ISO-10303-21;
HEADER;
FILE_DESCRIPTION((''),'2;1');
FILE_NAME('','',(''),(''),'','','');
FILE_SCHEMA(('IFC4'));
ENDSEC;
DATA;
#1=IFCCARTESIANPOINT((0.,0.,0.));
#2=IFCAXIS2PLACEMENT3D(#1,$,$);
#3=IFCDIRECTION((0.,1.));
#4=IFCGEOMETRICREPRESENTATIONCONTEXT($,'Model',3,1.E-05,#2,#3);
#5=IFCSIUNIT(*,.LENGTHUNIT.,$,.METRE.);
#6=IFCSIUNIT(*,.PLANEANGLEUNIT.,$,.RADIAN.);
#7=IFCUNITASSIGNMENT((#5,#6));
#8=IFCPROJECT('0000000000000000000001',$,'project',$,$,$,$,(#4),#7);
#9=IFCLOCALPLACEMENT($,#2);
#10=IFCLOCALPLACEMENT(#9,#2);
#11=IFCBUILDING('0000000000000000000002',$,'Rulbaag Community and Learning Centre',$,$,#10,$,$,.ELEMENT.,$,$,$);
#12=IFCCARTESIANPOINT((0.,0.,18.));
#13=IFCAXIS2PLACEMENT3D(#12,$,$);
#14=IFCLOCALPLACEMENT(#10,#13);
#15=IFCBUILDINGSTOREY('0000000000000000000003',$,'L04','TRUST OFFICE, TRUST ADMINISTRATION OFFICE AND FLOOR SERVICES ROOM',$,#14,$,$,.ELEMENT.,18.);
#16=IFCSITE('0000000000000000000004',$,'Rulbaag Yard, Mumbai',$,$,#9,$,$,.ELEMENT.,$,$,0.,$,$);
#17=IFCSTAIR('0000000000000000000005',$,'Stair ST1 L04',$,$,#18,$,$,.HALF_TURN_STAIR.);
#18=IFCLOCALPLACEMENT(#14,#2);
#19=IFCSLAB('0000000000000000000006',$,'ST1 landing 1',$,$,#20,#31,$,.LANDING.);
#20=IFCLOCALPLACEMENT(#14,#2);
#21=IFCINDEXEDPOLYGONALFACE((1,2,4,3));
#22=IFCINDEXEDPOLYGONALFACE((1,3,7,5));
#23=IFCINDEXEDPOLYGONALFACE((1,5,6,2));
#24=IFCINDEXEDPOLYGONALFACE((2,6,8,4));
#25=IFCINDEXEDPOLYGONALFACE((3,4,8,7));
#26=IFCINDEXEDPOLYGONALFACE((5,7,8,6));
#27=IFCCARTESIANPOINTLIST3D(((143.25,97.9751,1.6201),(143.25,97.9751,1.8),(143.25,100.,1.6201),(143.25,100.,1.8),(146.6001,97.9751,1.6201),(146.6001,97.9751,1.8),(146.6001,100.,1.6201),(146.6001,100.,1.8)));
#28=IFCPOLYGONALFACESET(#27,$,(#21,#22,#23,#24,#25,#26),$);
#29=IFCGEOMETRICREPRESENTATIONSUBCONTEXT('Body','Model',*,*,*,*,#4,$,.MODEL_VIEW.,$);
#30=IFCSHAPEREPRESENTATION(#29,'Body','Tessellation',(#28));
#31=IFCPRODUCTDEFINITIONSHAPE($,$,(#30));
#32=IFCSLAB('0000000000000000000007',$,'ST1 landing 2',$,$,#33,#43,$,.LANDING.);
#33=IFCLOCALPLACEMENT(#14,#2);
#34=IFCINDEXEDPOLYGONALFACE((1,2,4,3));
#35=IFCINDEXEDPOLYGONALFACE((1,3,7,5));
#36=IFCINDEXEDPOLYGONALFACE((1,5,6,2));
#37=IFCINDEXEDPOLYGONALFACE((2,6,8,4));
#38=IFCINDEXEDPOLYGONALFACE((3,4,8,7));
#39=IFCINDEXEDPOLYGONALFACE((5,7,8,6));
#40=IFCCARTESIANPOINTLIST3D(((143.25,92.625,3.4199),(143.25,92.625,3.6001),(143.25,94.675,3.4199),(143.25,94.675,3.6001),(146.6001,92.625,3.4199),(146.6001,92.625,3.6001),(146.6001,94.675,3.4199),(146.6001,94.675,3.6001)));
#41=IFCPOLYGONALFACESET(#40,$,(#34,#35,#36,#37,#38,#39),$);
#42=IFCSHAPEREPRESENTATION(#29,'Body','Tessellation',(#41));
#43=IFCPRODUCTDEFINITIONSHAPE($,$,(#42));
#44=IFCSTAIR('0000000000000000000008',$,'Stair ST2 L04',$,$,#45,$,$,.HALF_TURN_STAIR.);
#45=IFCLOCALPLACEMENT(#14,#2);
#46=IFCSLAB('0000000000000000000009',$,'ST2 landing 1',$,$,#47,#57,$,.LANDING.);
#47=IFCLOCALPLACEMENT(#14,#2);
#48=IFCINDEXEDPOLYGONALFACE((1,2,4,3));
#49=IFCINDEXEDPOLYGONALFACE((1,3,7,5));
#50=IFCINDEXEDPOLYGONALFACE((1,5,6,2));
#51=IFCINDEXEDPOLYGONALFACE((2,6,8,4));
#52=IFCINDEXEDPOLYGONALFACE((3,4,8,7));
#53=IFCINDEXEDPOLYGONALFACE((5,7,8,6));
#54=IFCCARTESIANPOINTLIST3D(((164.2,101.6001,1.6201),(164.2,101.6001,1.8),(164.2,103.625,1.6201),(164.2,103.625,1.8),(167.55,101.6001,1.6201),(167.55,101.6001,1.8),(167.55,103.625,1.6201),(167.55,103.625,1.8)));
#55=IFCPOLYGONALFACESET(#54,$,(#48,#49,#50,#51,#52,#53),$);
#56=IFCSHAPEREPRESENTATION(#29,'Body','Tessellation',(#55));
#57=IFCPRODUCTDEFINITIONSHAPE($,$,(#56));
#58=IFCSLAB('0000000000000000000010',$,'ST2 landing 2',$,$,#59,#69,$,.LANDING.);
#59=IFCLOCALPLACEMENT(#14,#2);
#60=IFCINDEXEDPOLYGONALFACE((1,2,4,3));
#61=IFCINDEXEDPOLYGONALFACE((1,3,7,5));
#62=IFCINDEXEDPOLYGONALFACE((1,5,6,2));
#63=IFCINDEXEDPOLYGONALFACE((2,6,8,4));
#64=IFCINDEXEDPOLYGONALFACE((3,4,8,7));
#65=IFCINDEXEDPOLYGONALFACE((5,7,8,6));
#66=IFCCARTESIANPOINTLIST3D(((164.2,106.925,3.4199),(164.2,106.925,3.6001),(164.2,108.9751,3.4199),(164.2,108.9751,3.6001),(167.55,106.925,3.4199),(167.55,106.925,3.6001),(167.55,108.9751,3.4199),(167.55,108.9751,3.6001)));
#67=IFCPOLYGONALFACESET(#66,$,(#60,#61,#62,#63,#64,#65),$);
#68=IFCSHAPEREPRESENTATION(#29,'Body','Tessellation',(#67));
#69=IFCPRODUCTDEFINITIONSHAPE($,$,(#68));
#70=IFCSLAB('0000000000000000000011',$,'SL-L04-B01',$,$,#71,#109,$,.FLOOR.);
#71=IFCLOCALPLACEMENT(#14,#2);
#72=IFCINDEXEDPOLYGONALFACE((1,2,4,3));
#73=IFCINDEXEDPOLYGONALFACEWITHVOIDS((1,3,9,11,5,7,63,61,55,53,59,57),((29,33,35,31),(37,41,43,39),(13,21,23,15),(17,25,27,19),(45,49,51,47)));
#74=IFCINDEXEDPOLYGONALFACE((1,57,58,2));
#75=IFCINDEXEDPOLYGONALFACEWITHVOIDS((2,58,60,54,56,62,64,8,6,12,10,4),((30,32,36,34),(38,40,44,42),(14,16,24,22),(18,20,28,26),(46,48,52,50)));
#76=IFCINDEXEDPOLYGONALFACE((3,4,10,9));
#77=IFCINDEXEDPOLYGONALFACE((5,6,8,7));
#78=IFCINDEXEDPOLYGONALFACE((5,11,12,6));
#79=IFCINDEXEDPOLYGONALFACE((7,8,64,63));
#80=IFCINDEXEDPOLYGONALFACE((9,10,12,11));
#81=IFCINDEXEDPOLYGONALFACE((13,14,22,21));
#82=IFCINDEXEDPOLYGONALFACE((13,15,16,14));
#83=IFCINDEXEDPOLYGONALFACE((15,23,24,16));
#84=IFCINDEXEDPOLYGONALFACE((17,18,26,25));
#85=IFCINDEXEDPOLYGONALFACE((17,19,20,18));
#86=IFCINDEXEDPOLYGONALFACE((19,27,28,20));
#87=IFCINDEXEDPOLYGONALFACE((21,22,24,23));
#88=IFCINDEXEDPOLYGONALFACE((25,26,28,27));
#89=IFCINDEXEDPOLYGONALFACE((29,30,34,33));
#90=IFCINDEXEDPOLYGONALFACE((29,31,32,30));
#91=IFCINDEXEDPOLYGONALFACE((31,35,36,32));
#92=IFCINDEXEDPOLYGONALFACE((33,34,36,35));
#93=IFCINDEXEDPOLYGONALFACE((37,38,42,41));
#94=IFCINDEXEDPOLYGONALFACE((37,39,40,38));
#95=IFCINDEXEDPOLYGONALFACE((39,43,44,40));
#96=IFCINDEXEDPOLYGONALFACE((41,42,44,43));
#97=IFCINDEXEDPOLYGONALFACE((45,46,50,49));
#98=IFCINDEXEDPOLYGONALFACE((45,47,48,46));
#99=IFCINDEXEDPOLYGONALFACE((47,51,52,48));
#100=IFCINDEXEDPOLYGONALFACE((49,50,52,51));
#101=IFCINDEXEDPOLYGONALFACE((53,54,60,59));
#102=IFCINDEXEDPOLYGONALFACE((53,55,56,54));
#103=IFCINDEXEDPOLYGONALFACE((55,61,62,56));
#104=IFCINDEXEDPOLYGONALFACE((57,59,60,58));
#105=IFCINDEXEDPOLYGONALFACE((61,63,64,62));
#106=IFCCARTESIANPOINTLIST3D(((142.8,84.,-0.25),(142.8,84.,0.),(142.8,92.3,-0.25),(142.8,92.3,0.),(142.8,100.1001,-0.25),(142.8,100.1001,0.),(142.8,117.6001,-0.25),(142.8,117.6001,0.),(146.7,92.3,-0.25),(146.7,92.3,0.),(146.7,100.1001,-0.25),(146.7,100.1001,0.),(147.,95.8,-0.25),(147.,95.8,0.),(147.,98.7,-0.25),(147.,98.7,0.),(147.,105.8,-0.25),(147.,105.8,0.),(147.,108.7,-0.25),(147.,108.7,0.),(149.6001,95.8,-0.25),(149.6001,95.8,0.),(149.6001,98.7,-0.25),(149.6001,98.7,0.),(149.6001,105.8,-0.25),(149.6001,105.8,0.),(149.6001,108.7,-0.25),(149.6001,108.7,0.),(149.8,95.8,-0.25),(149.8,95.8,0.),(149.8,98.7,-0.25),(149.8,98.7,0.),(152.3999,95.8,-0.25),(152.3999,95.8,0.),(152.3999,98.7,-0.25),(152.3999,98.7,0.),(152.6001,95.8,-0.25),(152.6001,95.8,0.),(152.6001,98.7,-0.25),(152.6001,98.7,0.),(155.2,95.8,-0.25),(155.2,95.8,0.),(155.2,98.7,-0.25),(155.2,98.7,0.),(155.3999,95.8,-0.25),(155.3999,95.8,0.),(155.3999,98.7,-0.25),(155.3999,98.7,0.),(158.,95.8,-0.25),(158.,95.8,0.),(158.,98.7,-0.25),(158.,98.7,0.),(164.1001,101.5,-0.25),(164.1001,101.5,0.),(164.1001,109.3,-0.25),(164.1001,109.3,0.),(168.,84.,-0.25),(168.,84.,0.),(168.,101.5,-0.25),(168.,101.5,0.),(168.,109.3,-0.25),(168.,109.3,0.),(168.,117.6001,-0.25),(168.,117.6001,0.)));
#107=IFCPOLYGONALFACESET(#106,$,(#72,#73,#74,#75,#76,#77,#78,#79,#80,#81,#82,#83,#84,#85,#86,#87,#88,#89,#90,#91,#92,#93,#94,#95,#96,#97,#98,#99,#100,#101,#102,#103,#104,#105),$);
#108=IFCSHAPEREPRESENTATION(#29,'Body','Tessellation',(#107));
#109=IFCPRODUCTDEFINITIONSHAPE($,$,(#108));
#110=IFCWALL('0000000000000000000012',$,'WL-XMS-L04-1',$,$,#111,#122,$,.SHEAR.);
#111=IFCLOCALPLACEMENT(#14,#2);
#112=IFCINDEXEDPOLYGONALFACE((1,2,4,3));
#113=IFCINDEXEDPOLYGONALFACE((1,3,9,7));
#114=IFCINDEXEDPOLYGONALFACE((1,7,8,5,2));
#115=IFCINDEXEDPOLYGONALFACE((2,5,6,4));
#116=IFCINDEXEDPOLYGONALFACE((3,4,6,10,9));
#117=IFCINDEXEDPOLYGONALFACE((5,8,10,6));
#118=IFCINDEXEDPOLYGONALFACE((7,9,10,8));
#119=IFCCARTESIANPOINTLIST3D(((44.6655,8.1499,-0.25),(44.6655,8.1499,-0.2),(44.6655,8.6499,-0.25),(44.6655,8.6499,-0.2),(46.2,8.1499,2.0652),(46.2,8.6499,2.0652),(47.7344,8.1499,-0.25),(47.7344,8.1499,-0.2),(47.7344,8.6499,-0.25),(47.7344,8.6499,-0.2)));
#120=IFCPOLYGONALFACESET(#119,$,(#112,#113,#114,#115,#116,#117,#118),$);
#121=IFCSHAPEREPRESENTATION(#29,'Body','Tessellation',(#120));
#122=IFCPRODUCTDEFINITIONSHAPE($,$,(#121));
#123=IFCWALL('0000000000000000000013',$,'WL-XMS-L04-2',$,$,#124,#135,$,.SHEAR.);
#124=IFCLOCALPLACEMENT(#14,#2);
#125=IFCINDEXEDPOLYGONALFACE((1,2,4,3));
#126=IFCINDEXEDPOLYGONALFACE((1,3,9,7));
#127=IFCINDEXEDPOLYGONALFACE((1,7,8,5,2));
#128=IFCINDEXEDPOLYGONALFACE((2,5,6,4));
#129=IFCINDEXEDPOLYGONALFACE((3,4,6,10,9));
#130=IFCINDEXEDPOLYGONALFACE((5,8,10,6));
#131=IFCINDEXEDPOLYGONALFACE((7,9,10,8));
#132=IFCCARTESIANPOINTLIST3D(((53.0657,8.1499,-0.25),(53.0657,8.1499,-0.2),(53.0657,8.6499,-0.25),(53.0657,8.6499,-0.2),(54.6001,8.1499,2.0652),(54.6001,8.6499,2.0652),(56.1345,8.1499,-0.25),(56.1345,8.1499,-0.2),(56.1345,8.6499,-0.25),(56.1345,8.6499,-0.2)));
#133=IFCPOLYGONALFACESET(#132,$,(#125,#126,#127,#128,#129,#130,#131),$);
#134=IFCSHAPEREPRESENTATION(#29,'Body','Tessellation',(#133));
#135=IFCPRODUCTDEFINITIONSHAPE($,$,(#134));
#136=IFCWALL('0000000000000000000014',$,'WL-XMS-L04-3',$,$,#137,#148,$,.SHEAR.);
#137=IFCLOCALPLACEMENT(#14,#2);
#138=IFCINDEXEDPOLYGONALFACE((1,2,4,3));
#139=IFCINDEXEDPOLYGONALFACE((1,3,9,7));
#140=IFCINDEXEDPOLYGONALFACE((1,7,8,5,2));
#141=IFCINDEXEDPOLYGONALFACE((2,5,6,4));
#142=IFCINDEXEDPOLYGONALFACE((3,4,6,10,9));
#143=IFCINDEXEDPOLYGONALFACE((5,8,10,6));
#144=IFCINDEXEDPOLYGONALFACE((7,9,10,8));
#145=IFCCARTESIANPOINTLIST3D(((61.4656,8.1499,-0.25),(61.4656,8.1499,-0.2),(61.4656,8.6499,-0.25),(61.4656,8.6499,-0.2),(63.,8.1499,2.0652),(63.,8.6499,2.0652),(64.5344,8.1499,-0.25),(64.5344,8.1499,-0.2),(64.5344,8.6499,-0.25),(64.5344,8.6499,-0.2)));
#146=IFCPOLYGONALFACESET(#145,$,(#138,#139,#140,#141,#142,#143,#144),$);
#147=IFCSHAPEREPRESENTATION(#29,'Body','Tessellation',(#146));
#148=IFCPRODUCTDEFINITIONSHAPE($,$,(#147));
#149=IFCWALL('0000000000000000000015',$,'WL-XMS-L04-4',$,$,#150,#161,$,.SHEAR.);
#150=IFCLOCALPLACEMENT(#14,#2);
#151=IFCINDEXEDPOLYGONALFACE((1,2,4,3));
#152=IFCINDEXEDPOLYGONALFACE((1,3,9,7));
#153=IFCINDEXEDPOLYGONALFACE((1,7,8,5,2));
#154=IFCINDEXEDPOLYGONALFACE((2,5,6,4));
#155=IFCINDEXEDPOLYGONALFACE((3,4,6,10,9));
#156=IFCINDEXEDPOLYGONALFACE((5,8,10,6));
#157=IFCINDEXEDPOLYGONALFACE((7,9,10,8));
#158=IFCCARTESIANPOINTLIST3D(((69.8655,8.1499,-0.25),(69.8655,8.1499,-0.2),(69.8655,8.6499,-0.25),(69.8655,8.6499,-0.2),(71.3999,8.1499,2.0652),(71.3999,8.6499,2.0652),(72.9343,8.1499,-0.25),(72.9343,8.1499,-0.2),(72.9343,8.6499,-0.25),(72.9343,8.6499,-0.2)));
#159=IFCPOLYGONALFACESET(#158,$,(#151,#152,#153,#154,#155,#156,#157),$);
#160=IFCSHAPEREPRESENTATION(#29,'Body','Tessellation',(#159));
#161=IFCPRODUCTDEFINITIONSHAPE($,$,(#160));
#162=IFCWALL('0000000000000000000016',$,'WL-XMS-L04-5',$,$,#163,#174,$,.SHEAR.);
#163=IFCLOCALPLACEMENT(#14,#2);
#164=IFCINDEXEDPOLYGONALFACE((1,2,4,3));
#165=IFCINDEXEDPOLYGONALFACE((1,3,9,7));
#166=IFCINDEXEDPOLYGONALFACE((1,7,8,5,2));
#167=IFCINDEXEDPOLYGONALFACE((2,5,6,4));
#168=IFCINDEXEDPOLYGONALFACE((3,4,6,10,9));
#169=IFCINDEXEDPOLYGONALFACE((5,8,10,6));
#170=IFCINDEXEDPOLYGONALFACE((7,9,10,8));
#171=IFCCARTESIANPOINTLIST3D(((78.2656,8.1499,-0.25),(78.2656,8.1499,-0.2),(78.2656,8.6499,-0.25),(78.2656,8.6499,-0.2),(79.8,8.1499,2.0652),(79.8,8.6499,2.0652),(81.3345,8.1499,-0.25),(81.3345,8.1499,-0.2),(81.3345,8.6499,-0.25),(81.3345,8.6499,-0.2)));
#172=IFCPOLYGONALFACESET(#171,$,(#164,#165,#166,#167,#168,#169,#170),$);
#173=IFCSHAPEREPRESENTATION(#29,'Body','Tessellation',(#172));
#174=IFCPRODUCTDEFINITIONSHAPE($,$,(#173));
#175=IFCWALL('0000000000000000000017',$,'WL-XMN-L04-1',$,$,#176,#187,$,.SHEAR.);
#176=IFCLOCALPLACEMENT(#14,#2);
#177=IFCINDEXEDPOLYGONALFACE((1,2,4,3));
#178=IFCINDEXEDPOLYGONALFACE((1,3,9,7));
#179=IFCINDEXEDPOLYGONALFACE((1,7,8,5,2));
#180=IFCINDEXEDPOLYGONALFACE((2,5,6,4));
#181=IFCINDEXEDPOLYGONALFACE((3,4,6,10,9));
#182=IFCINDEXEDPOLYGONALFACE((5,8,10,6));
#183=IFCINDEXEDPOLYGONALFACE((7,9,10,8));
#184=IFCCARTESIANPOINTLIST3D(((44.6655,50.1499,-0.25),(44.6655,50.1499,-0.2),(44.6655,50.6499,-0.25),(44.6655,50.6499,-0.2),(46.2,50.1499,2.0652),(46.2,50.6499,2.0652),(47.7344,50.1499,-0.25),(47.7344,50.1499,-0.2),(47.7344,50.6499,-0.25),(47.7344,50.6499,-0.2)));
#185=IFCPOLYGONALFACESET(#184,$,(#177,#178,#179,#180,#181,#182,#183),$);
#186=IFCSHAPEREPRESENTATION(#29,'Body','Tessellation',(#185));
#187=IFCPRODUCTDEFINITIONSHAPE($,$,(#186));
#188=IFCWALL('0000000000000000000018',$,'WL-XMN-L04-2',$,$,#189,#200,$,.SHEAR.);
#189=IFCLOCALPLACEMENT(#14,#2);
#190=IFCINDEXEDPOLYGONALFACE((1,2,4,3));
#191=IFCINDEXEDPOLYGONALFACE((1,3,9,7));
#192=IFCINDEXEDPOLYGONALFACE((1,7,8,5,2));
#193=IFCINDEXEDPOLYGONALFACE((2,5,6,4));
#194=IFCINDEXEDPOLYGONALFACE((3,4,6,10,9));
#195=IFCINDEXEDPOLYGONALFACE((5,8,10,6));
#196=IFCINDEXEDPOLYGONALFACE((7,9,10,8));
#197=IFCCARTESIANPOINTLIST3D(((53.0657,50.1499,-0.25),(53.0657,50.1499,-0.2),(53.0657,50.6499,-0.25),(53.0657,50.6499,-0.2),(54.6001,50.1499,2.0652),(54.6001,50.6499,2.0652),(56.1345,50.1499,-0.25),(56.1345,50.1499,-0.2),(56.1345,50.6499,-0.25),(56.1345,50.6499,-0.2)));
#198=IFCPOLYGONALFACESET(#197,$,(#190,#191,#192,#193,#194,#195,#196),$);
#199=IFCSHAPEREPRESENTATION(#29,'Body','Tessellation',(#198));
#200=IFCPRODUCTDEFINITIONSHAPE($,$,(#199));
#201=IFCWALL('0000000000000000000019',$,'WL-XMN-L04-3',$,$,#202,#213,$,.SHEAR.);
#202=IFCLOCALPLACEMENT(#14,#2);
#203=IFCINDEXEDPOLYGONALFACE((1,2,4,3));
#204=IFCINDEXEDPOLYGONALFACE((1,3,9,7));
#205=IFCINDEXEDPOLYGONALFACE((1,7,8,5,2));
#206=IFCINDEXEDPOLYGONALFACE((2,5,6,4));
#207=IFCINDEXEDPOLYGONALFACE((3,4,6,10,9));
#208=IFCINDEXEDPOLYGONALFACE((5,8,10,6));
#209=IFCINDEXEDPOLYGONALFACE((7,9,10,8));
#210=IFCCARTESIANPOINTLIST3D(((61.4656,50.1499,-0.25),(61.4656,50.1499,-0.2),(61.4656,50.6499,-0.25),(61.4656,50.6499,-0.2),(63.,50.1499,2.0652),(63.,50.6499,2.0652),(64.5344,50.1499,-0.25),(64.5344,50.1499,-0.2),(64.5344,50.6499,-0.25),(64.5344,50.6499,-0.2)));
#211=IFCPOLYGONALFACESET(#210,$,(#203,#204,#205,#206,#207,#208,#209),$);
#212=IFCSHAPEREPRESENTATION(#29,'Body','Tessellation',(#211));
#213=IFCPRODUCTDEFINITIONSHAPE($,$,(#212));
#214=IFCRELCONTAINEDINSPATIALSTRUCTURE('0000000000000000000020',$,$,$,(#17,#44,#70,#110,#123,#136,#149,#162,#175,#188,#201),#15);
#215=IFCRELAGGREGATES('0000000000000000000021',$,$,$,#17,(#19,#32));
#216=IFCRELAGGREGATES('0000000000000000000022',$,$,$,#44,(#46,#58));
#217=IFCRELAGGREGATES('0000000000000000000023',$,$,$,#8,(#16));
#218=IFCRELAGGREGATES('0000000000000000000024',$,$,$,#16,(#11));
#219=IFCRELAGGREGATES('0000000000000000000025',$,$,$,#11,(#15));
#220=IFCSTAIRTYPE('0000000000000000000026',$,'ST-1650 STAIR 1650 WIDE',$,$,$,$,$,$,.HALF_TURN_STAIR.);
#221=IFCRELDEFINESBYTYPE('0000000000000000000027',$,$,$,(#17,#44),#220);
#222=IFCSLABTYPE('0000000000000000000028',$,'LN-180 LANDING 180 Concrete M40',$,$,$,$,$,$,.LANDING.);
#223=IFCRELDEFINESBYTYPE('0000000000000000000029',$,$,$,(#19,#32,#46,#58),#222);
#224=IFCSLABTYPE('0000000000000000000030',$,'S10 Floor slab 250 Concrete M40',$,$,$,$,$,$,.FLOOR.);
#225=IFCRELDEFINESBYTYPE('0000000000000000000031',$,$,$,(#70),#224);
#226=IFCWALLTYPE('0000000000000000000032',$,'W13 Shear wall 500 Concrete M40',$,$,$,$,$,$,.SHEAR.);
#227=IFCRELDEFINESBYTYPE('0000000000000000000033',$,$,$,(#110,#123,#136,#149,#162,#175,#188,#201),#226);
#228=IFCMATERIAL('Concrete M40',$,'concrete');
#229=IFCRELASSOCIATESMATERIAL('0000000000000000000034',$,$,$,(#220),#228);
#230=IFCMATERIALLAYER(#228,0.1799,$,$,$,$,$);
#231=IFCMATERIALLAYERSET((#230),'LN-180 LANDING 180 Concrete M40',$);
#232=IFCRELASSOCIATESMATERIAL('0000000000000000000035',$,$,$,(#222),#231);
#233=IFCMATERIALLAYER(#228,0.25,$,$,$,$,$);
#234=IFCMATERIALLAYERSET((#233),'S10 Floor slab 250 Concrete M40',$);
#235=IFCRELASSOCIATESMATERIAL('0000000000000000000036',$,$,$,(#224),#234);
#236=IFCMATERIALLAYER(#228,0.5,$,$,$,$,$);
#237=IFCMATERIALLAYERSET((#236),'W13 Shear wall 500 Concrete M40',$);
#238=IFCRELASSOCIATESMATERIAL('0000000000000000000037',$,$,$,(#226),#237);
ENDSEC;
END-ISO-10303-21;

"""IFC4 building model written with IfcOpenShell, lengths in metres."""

from ifc_helpers import new_model, si_unit, direction, frame, origin, place, context, subcontext, project, spatial, polyline, outline, extrude, material, layer, layer_set, type_object, element, aggregate, save


model = new_model("IFC4")

# Units and contexts
model_context = context("Model", 3, precision=1e-05, world=origin(), true_north=direction((0.0, 1.0)))
body_context = subcontext(model_context, "Body", "Model", "MODEL_VIEW")
ifc_project = project(units=[si_unit("LENGTHUNIT", "METRE"), si_unit("PLANEANGLEUNIT", "RADIAN")], contexts=[model_context])

# Site, building, storey
site_placement = place(None, origin())
site = spatial("IfcSite", under=ifc_project, at=site_placement, Name="Rulbaag Yard, Mumbai", CompositionType="ELEMENT", RefElevation=0.0)
building_placement = place(site_placement, origin())
building = spatial("IfcBuilding", under=site, at=building_placement, Name="Rulbaag Community and Learning Centre", CompositionType="ELEMENT")
storey_placement = place(building_placement, frame((0.0, 0.0, 18.0)))
storey = spatial("IfcBuildingStorey", under=building, at=storey_placement, Name="L04", Description="TRUST OFFICE, TRUST ADMINISTRATION OFFICE AND FLOOR SERVICES ROOM", CompositionType="ELEMENT", Elevation=18.0)

# Stairs, slabs
ifc_material = material(Name="Concrete M40", Category="concrete")
stair_type = type_object("IfcStairType", Name="ST-1650 STAIR 1650 WIDE", PredefinedType="HALF_TURN_STAIR", material=ifc_material)
stair_1_placement = place(storey_placement, origin())
stair_1 = element("IfcStair", 1, at=stair_1_placement, inside=storey, type_object=stair_type, Name="Stair ST1 L04", PredefinedType="HALF_TURN_STAIR")
ifc_layer_1 = layer(ifc_material, 0.1799)
ifc_layer_set_1 = layer_set([ifc_layer_1], Name="LN-180 LANDING 180 Concrete M40")
slab_type_1 = type_object("IfcSlabType", Name="LN-180 LANDING 180 Concrete M40", PredefinedType="LANDING", material=ifc_layer_set_1)
slab_1_placement = place(storey_placement, frame((0.0, 0.0, 1.6201)))
slab_1 = element("IfcSlab", 2, at=slab_1_placement, type_object=slab_type_1, Name="ST1 landing 1", PredefinedType="LANDING", context=body_context, shape_type="SweptSolid", body=[
    extrude(outline(polyline([(143.25, 97.9751), (143.25, 100.0), (146.6001, 100.0), (146.6001, 97.9751), (143.25, 97.9751)])), origin(), (0.0, 0.0, 1.0), 0.1799),
])
slab_2_placement = place(storey_placement, frame((0.0, 0.0, 3.4199)))
slab_2 = element("IfcSlab", 3, at=slab_2_placement, type_object=slab_type_1, Name="ST1 landing 2", PredefinedType="LANDING", context=body_context, shape_type="SweptSolid", body=[
    extrude(outline(polyline([(143.25, 92.625), (143.25, 94.675), (146.6001, 94.675), (146.6001, 92.625), (143.25, 92.625)])), origin(), (0.0, 0.0, 1.0), 0.1802),
])
aggregate(stair_1, [slab_1, slab_2])
stair_2_placement = place(storey_placement, origin())
stair_2 = element("IfcStair", 4, at=stair_2_placement, inside=storey, type_object=stair_type, Name="Stair ST2 L04", PredefinedType="HALF_TURN_STAIR")
slab_3_placement = place(storey_placement, frame((0.0, 0.0, 1.6201)))
slab_3 = element("IfcSlab", 5, at=slab_3_placement, type_object=slab_type_1, Name="ST2 landing 1", PredefinedType="LANDING", context=body_context, shape_type="SweptSolid", body=[
    extrude(outline(polyline([(164.2, 101.6001), (164.2, 103.625), (167.55, 103.625), (167.55, 101.6001), (164.2, 101.6001)])), origin(), (0.0, 0.0, 1.0), 0.1799),
])
slab_4_placement = place(storey_placement, frame((0.0, 0.0, 3.4199)))
slab_4 = element("IfcSlab", 6, at=slab_4_placement, type_object=slab_type_1, Name="ST2 landing 2", PredefinedType="LANDING", context=body_context, shape_type="SweptSolid", body=[
    extrude(outline(polyline([(164.2, 106.925), (164.2, 108.9751), (167.55, 108.9751), (167.55, 106.925), (164.2, 106.925)])), origin(), (0.0, 0.0, 1.0), 0.1802),
])
aggregate(stair_2, [slab_3, slab_4])

# Slab
ifc_layer_2 = layer(ifc_material, 0.25)
ifc_layer_set_2 = layer_set([ifc_layer_2], Name="S10 Floor slab 250 Concrete M40")
slab_type_2 = type_object("IfcSlabType", Name="S10 Floor slab 250 Concrete M40", PredefinedType="FLOOR", material=ifc_layer_set_2)
slab_5_placement = place(storey_placement, frame((0.0, 0.0, -0.25)))
element("IfcSlab", 7, at=slab_5_placement, inside=storey, type_object=slab_type_2, Name="SL-L04-B01", PredefinedType="FLOOR", context=body_context, shape_type="SweptSolid", body=[
    extrude(outline(polyline([(142.8, 84.0), (142.8, 92.3), (146.7, 92.3), (146.7, 100.1001), (142.8, 100.1001), (142.8, 117.6001), (168.0, 117.6001), (168.0, 109.3), (164.1001, 109.3), (164.1001, 101.5), (168.0, 101.5), (168.0, 84.0), (142.8, 84.0)]), holes=[polyline([(147.0, 95.8), (149.6001, 95.8), (149.6001, 98.7), (147.0, 98.7), (147.0, 95.8)]), polyline([(149.8, 95.8), (152.3999, 95.8), (152.3999, 98.7), (149.8, 98.7), (149.8, 95.8)]), polyline([(152.6001, 95.8), (155.2, 95.8), (155.2, 98.7), (152.6001, 98.7), (152.6001, 95.8)]), polyline([(155.3999, 95.8), (158.0, 95.8), (158.0, 98.7), (155.3999, 98.7), (155.3999, 95.8)]), polyline([(147.0, 105.8), (149.6001, 105.8), (149.6001, 108.7), (147.0, 108.7), (147.0, 105.8)])]), origin(), (0.0, 0.0, 1.0), 0.25),
])

# Walls
ifc_layer_3 = layer(ifc_material, 0.5)
ifc_layer_set_3 = layer_set([ifc_layer_3], Name="W13 Shear wall 500 Concrete M40")
wall_type = type_object("IfcWallType", Name="W13 Shear wall 500 Concrete M40", PredefinedType="SHEAR", material=ifc_layer_set_3)
for number, where, z_axis, x_axis, name in (
    (8, (44.6655, 8.3999, -0.25), (0.0, 0.0, 1.0), (1.0, 0.0, 0.0), "WL-XMS-L04-1"),
    (9, (53.0657, 8.3999, -0.25), (0.0, 0.0, 1.0), (1.0, 0.0, 0.0), "WL-XMS-L04-2"),
    (10, (61.4656, 8.3999, -0.25), (0.0, 0.0, 1.0), (1.0, 0.0, 0.0), "WL-XMS-L04-3"),
    (11, (69.8655, 8.3999, -0.25), (0.0, 0.0, 1.0), (1.0, 0.0, 0.0), "WL-XMS-L04-4"),
    (12, (78.2656, 8.3999, -0.25), (0.0, 0.0, 1.0), (1.0, 0.0, 0.0), "WL-XMS-L04-5"),
    (13, (44.6655, 50.3999, -0.25), (0.0, 0.0, 1.0), (1.0, 0.0, 0.0), "WL-XMN-L04-1"),
    (14, (53.0657, 50.3999, -0.25), (0.0, 0.0, 1.0), (1.0, 0.0, 0.0), "WL-XMN-L04-2"),
    (15, (61.4656, 50.3999, -0.25), (0.0, 0.0, 1.0), (1.0, 0.0, 0.0), "WL-XMN-L04-3"),
):
    element("IfcWall", number, at=place(storey_placement, frame(where, z_axis=z_axis, x_axis=x_axis)), inside=storey, type_object=wall_type, Name=name, PredefinedType="SHEAR", context=body_context, shape_type="SweptSolid", body=[
        extrude(outline(polyline([(0.0, 0.0), (3.0688, 0.0), (3.0688, 0.05), (1.5344, 2.3152), (0.0, 0.05), (0.0, 0.0)])), frame((0.0, 0.25, 0.0), z_axis=(0.0, -1.0, 0.0), x_axis=(1.0, 0.0, 0.0)), (0.0, 0.0, 1.0), 0.5),
    ])

save(model, "model.ifc")
